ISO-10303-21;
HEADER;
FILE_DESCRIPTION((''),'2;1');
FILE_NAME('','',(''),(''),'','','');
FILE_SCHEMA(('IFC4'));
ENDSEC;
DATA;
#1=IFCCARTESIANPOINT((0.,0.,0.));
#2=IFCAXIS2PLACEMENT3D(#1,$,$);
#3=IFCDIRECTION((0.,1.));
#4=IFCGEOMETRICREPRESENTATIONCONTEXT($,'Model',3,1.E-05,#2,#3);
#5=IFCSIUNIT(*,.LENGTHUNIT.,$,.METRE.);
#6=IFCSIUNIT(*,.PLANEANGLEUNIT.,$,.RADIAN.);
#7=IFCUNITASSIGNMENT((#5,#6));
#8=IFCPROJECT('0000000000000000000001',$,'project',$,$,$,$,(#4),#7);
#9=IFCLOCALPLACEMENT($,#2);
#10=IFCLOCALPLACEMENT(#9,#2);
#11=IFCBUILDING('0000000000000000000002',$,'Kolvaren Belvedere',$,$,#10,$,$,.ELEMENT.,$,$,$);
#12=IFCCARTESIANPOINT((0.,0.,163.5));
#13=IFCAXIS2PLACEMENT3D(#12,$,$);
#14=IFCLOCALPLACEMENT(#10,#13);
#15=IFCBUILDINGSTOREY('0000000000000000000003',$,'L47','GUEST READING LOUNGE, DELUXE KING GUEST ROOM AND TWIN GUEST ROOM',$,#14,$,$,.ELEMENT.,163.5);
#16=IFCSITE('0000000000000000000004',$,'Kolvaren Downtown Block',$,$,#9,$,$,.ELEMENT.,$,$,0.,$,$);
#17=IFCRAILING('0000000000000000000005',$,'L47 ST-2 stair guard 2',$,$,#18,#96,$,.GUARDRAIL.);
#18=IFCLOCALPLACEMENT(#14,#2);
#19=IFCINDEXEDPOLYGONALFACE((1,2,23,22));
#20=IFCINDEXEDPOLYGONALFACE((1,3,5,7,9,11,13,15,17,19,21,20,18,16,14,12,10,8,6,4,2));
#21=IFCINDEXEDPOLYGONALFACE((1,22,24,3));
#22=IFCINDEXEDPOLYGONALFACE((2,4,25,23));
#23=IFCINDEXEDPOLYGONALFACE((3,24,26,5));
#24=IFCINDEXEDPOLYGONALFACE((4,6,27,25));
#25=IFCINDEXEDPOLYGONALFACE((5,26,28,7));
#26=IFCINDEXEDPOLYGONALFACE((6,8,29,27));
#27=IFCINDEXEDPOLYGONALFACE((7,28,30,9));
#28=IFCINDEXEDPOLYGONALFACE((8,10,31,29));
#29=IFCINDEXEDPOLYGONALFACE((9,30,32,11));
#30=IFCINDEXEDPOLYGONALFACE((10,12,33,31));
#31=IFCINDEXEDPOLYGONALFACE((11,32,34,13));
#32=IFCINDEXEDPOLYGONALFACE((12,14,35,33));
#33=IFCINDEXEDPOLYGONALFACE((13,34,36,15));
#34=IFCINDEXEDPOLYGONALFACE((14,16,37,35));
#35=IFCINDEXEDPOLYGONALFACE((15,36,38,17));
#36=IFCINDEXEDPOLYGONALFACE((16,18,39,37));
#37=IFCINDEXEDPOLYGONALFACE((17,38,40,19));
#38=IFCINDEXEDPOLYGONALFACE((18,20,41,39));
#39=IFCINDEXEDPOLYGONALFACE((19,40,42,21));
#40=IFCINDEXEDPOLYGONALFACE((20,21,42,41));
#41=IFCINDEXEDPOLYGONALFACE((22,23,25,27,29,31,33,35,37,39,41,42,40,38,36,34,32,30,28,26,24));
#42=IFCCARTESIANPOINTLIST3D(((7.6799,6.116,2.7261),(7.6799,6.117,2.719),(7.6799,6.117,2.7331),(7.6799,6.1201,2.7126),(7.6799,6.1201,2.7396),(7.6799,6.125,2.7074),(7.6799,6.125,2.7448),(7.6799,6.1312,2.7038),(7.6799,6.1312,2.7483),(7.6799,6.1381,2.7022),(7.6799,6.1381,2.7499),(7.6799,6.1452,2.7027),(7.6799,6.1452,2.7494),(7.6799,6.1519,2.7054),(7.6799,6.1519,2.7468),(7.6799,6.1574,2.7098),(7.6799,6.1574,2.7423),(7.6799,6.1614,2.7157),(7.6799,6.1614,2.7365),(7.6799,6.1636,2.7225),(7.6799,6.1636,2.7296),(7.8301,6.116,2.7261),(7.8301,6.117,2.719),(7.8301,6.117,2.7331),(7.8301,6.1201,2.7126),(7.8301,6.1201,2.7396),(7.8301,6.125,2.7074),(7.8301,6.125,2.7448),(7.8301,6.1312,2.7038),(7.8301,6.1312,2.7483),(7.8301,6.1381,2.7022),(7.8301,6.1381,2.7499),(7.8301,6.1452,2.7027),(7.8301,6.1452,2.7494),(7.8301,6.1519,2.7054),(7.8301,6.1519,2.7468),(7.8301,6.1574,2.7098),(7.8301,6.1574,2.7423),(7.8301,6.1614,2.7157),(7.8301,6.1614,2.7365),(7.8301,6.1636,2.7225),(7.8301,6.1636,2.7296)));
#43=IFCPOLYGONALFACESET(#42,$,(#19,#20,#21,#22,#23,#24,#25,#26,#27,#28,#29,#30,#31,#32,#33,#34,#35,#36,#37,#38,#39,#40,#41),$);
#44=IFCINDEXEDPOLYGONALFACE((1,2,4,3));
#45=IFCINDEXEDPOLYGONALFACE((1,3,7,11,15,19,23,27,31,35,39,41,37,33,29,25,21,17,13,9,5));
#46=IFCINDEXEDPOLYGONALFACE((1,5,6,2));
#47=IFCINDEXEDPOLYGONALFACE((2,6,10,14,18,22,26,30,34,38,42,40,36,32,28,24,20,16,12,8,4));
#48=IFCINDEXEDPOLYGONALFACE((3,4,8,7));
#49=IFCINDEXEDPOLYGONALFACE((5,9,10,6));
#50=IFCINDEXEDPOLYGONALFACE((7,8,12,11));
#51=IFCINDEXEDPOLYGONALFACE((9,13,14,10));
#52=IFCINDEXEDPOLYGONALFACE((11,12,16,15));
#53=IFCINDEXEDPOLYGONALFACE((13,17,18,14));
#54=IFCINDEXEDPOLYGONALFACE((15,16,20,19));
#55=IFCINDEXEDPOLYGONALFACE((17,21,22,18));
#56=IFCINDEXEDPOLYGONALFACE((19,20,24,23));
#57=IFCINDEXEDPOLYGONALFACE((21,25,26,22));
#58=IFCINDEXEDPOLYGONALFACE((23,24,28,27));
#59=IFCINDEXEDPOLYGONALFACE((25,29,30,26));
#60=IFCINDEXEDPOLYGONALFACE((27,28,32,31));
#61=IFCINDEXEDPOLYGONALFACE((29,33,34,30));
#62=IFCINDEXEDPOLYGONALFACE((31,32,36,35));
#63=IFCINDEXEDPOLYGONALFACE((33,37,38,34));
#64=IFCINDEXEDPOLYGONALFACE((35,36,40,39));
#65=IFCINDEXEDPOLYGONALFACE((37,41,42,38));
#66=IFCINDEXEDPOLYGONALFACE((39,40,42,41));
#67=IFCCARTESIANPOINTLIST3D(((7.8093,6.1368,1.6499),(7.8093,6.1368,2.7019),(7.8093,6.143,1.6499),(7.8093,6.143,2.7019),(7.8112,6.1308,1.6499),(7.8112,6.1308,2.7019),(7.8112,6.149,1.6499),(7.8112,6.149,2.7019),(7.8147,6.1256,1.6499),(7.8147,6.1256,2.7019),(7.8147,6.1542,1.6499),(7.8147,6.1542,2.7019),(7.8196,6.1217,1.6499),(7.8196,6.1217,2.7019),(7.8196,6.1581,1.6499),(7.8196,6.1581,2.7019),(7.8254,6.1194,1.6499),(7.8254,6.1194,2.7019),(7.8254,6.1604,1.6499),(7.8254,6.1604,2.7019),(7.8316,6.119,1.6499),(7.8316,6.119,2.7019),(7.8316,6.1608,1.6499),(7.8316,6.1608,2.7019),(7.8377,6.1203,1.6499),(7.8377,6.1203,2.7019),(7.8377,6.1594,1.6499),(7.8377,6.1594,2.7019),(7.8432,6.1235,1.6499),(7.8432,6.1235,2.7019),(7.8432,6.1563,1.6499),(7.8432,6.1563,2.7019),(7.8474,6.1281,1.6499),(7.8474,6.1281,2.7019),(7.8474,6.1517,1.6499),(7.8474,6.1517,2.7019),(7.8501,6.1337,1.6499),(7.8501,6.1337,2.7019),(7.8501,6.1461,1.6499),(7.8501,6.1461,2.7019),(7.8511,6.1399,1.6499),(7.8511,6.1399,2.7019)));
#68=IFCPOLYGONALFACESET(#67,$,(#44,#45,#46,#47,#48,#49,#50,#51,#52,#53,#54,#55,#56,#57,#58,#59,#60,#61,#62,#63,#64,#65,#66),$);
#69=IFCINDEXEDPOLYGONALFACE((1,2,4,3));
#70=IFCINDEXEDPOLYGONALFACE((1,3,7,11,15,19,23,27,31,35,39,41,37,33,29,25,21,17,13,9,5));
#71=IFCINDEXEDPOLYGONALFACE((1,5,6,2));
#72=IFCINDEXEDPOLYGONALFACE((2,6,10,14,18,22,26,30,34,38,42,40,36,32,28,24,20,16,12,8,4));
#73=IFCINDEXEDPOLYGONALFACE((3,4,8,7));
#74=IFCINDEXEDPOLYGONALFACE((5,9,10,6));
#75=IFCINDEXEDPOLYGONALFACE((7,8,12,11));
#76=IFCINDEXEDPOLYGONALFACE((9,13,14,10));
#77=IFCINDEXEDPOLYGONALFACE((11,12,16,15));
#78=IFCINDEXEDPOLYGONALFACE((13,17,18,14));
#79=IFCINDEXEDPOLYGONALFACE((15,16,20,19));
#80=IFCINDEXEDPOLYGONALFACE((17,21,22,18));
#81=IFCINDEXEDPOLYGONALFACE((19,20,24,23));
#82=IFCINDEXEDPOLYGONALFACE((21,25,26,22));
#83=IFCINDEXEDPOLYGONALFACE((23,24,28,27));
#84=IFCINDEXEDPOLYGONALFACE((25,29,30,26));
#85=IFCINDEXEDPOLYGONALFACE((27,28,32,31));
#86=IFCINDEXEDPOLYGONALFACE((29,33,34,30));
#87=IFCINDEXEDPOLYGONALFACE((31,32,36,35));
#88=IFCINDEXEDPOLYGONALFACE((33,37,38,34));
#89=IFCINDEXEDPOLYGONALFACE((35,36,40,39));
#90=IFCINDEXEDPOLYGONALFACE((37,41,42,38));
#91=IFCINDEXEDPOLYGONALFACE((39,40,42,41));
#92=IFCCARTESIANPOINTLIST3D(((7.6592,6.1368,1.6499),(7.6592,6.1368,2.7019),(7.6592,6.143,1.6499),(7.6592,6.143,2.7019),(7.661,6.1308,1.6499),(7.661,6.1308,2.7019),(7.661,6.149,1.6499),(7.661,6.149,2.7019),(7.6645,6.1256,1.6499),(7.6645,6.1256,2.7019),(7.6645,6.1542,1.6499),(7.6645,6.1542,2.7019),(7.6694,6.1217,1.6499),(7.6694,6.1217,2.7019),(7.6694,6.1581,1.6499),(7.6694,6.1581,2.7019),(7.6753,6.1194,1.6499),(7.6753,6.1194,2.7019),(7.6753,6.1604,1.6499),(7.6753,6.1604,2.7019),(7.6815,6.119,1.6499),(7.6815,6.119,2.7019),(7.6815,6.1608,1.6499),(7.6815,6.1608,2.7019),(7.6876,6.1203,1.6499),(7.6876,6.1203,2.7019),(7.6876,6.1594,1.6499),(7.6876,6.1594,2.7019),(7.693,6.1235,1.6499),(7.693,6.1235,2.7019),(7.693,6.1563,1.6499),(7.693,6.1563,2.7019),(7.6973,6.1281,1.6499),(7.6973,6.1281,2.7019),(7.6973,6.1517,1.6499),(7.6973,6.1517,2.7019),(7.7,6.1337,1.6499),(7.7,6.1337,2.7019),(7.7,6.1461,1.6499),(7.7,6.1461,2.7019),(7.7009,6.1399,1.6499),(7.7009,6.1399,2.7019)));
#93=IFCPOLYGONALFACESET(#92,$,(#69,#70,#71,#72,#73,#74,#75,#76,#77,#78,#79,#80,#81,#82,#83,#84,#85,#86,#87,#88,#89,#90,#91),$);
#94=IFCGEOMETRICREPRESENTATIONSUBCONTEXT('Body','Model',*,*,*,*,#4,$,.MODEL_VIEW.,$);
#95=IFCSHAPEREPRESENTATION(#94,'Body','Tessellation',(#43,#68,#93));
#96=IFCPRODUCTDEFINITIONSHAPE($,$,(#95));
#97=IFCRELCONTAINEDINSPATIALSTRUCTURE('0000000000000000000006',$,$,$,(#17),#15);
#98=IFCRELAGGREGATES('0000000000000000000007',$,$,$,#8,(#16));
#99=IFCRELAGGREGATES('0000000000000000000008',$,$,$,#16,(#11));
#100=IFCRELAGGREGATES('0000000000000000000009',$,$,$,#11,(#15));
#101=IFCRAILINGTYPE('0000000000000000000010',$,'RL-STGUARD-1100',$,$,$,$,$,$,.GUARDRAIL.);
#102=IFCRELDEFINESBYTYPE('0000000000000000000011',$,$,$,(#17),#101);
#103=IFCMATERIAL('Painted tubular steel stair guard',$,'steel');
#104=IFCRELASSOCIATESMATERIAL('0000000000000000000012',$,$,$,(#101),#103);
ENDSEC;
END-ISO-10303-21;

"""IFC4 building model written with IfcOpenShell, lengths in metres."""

from ifc_helpers import new_model, si_unit, direction, frame, origin, origin_2d, place, context, subcontext, project, spatial, circle, extrude, material, type_object, element, save


model = new_model("IFC4")

# Units and contexts
model_context = context("Model", 3, precision=1e-05, world=origin(), true_north=direction((0.0, 1.0)))
body_context = subcontext(model_context, "Body", "Model", "MODEL_VIEW")
ifc_project = project(units=[si_unit("LENGTHUNIT", "METRE"), si_unit("PLANEANGLEUNIT", "RADIAN")], contexts=[model_context])

# Site, building, storey
site_placement = place(None, origin())
site = spatial("IfcSite", under=ifc_project, at=site_placement, Name="Kolvaren Downtown Block", CompositionType="ELEMENT", RefElevation=0.0)
building_placement = place(site_placement, origin())
building = spatial("IfcBuilding", under=site, at=building_placement, Name="Kolvaren Belvedere", CompositionType="ELEMENT")
storey_placement = place(building_placement, frame((0.0, 0.0, 163.5)))
storey = spatial("IfcBuildingStorey", under=building, at=storey_placement, Name="L47", Description="GUEST READING LOUNGE, DELUXE KING GUEST ROOM AND TWIN GUEST ROOM", CompositionType="ELEMENT", Elevation=163.5)

# Railing
ifc_material_1 = material(Name="Painted tubular steel stair guard", Category="steel")
railing_type_1 = type_object("IfcRailingType", Name="RL-STGUARD-1100", PredefinedType="GUARDRAIL", material=ifc_material_1)
railing_1_placement = place(storey_placement, frame((7.8301, 6.1399, 1.6499)))
element("IfcRailing", 1, at=railing_1_placement, inside=storey, type_object=railing_type_1, Name="L47 ST-2 stair guard 2", PredefinedType="GUARDRAIL", context=body_context, shape_type="SweptSolid", body=[
    extrude(circle(Radius=0.0239, at=origin_2d()), frame((0.0, 0.0, 1.0762), z_axis=(-1.0, 0.0, 0.0), x_axis=(0.0, -1.0, 0.0)), (0.0, 0.0, 1.0), 0.1501),
    extrude(circle(Radius=0.021, at=origin_2d()), origin(), (0.0, 0.0, 1.0), 1.052),
    extrude(circle(Radius=0.021, at=origin_2d()), frame((-0.1501, 0.0, 0.0)), (0.0, 0.0, 1.0), 1.052),
])

save(model, "model.ifc")
